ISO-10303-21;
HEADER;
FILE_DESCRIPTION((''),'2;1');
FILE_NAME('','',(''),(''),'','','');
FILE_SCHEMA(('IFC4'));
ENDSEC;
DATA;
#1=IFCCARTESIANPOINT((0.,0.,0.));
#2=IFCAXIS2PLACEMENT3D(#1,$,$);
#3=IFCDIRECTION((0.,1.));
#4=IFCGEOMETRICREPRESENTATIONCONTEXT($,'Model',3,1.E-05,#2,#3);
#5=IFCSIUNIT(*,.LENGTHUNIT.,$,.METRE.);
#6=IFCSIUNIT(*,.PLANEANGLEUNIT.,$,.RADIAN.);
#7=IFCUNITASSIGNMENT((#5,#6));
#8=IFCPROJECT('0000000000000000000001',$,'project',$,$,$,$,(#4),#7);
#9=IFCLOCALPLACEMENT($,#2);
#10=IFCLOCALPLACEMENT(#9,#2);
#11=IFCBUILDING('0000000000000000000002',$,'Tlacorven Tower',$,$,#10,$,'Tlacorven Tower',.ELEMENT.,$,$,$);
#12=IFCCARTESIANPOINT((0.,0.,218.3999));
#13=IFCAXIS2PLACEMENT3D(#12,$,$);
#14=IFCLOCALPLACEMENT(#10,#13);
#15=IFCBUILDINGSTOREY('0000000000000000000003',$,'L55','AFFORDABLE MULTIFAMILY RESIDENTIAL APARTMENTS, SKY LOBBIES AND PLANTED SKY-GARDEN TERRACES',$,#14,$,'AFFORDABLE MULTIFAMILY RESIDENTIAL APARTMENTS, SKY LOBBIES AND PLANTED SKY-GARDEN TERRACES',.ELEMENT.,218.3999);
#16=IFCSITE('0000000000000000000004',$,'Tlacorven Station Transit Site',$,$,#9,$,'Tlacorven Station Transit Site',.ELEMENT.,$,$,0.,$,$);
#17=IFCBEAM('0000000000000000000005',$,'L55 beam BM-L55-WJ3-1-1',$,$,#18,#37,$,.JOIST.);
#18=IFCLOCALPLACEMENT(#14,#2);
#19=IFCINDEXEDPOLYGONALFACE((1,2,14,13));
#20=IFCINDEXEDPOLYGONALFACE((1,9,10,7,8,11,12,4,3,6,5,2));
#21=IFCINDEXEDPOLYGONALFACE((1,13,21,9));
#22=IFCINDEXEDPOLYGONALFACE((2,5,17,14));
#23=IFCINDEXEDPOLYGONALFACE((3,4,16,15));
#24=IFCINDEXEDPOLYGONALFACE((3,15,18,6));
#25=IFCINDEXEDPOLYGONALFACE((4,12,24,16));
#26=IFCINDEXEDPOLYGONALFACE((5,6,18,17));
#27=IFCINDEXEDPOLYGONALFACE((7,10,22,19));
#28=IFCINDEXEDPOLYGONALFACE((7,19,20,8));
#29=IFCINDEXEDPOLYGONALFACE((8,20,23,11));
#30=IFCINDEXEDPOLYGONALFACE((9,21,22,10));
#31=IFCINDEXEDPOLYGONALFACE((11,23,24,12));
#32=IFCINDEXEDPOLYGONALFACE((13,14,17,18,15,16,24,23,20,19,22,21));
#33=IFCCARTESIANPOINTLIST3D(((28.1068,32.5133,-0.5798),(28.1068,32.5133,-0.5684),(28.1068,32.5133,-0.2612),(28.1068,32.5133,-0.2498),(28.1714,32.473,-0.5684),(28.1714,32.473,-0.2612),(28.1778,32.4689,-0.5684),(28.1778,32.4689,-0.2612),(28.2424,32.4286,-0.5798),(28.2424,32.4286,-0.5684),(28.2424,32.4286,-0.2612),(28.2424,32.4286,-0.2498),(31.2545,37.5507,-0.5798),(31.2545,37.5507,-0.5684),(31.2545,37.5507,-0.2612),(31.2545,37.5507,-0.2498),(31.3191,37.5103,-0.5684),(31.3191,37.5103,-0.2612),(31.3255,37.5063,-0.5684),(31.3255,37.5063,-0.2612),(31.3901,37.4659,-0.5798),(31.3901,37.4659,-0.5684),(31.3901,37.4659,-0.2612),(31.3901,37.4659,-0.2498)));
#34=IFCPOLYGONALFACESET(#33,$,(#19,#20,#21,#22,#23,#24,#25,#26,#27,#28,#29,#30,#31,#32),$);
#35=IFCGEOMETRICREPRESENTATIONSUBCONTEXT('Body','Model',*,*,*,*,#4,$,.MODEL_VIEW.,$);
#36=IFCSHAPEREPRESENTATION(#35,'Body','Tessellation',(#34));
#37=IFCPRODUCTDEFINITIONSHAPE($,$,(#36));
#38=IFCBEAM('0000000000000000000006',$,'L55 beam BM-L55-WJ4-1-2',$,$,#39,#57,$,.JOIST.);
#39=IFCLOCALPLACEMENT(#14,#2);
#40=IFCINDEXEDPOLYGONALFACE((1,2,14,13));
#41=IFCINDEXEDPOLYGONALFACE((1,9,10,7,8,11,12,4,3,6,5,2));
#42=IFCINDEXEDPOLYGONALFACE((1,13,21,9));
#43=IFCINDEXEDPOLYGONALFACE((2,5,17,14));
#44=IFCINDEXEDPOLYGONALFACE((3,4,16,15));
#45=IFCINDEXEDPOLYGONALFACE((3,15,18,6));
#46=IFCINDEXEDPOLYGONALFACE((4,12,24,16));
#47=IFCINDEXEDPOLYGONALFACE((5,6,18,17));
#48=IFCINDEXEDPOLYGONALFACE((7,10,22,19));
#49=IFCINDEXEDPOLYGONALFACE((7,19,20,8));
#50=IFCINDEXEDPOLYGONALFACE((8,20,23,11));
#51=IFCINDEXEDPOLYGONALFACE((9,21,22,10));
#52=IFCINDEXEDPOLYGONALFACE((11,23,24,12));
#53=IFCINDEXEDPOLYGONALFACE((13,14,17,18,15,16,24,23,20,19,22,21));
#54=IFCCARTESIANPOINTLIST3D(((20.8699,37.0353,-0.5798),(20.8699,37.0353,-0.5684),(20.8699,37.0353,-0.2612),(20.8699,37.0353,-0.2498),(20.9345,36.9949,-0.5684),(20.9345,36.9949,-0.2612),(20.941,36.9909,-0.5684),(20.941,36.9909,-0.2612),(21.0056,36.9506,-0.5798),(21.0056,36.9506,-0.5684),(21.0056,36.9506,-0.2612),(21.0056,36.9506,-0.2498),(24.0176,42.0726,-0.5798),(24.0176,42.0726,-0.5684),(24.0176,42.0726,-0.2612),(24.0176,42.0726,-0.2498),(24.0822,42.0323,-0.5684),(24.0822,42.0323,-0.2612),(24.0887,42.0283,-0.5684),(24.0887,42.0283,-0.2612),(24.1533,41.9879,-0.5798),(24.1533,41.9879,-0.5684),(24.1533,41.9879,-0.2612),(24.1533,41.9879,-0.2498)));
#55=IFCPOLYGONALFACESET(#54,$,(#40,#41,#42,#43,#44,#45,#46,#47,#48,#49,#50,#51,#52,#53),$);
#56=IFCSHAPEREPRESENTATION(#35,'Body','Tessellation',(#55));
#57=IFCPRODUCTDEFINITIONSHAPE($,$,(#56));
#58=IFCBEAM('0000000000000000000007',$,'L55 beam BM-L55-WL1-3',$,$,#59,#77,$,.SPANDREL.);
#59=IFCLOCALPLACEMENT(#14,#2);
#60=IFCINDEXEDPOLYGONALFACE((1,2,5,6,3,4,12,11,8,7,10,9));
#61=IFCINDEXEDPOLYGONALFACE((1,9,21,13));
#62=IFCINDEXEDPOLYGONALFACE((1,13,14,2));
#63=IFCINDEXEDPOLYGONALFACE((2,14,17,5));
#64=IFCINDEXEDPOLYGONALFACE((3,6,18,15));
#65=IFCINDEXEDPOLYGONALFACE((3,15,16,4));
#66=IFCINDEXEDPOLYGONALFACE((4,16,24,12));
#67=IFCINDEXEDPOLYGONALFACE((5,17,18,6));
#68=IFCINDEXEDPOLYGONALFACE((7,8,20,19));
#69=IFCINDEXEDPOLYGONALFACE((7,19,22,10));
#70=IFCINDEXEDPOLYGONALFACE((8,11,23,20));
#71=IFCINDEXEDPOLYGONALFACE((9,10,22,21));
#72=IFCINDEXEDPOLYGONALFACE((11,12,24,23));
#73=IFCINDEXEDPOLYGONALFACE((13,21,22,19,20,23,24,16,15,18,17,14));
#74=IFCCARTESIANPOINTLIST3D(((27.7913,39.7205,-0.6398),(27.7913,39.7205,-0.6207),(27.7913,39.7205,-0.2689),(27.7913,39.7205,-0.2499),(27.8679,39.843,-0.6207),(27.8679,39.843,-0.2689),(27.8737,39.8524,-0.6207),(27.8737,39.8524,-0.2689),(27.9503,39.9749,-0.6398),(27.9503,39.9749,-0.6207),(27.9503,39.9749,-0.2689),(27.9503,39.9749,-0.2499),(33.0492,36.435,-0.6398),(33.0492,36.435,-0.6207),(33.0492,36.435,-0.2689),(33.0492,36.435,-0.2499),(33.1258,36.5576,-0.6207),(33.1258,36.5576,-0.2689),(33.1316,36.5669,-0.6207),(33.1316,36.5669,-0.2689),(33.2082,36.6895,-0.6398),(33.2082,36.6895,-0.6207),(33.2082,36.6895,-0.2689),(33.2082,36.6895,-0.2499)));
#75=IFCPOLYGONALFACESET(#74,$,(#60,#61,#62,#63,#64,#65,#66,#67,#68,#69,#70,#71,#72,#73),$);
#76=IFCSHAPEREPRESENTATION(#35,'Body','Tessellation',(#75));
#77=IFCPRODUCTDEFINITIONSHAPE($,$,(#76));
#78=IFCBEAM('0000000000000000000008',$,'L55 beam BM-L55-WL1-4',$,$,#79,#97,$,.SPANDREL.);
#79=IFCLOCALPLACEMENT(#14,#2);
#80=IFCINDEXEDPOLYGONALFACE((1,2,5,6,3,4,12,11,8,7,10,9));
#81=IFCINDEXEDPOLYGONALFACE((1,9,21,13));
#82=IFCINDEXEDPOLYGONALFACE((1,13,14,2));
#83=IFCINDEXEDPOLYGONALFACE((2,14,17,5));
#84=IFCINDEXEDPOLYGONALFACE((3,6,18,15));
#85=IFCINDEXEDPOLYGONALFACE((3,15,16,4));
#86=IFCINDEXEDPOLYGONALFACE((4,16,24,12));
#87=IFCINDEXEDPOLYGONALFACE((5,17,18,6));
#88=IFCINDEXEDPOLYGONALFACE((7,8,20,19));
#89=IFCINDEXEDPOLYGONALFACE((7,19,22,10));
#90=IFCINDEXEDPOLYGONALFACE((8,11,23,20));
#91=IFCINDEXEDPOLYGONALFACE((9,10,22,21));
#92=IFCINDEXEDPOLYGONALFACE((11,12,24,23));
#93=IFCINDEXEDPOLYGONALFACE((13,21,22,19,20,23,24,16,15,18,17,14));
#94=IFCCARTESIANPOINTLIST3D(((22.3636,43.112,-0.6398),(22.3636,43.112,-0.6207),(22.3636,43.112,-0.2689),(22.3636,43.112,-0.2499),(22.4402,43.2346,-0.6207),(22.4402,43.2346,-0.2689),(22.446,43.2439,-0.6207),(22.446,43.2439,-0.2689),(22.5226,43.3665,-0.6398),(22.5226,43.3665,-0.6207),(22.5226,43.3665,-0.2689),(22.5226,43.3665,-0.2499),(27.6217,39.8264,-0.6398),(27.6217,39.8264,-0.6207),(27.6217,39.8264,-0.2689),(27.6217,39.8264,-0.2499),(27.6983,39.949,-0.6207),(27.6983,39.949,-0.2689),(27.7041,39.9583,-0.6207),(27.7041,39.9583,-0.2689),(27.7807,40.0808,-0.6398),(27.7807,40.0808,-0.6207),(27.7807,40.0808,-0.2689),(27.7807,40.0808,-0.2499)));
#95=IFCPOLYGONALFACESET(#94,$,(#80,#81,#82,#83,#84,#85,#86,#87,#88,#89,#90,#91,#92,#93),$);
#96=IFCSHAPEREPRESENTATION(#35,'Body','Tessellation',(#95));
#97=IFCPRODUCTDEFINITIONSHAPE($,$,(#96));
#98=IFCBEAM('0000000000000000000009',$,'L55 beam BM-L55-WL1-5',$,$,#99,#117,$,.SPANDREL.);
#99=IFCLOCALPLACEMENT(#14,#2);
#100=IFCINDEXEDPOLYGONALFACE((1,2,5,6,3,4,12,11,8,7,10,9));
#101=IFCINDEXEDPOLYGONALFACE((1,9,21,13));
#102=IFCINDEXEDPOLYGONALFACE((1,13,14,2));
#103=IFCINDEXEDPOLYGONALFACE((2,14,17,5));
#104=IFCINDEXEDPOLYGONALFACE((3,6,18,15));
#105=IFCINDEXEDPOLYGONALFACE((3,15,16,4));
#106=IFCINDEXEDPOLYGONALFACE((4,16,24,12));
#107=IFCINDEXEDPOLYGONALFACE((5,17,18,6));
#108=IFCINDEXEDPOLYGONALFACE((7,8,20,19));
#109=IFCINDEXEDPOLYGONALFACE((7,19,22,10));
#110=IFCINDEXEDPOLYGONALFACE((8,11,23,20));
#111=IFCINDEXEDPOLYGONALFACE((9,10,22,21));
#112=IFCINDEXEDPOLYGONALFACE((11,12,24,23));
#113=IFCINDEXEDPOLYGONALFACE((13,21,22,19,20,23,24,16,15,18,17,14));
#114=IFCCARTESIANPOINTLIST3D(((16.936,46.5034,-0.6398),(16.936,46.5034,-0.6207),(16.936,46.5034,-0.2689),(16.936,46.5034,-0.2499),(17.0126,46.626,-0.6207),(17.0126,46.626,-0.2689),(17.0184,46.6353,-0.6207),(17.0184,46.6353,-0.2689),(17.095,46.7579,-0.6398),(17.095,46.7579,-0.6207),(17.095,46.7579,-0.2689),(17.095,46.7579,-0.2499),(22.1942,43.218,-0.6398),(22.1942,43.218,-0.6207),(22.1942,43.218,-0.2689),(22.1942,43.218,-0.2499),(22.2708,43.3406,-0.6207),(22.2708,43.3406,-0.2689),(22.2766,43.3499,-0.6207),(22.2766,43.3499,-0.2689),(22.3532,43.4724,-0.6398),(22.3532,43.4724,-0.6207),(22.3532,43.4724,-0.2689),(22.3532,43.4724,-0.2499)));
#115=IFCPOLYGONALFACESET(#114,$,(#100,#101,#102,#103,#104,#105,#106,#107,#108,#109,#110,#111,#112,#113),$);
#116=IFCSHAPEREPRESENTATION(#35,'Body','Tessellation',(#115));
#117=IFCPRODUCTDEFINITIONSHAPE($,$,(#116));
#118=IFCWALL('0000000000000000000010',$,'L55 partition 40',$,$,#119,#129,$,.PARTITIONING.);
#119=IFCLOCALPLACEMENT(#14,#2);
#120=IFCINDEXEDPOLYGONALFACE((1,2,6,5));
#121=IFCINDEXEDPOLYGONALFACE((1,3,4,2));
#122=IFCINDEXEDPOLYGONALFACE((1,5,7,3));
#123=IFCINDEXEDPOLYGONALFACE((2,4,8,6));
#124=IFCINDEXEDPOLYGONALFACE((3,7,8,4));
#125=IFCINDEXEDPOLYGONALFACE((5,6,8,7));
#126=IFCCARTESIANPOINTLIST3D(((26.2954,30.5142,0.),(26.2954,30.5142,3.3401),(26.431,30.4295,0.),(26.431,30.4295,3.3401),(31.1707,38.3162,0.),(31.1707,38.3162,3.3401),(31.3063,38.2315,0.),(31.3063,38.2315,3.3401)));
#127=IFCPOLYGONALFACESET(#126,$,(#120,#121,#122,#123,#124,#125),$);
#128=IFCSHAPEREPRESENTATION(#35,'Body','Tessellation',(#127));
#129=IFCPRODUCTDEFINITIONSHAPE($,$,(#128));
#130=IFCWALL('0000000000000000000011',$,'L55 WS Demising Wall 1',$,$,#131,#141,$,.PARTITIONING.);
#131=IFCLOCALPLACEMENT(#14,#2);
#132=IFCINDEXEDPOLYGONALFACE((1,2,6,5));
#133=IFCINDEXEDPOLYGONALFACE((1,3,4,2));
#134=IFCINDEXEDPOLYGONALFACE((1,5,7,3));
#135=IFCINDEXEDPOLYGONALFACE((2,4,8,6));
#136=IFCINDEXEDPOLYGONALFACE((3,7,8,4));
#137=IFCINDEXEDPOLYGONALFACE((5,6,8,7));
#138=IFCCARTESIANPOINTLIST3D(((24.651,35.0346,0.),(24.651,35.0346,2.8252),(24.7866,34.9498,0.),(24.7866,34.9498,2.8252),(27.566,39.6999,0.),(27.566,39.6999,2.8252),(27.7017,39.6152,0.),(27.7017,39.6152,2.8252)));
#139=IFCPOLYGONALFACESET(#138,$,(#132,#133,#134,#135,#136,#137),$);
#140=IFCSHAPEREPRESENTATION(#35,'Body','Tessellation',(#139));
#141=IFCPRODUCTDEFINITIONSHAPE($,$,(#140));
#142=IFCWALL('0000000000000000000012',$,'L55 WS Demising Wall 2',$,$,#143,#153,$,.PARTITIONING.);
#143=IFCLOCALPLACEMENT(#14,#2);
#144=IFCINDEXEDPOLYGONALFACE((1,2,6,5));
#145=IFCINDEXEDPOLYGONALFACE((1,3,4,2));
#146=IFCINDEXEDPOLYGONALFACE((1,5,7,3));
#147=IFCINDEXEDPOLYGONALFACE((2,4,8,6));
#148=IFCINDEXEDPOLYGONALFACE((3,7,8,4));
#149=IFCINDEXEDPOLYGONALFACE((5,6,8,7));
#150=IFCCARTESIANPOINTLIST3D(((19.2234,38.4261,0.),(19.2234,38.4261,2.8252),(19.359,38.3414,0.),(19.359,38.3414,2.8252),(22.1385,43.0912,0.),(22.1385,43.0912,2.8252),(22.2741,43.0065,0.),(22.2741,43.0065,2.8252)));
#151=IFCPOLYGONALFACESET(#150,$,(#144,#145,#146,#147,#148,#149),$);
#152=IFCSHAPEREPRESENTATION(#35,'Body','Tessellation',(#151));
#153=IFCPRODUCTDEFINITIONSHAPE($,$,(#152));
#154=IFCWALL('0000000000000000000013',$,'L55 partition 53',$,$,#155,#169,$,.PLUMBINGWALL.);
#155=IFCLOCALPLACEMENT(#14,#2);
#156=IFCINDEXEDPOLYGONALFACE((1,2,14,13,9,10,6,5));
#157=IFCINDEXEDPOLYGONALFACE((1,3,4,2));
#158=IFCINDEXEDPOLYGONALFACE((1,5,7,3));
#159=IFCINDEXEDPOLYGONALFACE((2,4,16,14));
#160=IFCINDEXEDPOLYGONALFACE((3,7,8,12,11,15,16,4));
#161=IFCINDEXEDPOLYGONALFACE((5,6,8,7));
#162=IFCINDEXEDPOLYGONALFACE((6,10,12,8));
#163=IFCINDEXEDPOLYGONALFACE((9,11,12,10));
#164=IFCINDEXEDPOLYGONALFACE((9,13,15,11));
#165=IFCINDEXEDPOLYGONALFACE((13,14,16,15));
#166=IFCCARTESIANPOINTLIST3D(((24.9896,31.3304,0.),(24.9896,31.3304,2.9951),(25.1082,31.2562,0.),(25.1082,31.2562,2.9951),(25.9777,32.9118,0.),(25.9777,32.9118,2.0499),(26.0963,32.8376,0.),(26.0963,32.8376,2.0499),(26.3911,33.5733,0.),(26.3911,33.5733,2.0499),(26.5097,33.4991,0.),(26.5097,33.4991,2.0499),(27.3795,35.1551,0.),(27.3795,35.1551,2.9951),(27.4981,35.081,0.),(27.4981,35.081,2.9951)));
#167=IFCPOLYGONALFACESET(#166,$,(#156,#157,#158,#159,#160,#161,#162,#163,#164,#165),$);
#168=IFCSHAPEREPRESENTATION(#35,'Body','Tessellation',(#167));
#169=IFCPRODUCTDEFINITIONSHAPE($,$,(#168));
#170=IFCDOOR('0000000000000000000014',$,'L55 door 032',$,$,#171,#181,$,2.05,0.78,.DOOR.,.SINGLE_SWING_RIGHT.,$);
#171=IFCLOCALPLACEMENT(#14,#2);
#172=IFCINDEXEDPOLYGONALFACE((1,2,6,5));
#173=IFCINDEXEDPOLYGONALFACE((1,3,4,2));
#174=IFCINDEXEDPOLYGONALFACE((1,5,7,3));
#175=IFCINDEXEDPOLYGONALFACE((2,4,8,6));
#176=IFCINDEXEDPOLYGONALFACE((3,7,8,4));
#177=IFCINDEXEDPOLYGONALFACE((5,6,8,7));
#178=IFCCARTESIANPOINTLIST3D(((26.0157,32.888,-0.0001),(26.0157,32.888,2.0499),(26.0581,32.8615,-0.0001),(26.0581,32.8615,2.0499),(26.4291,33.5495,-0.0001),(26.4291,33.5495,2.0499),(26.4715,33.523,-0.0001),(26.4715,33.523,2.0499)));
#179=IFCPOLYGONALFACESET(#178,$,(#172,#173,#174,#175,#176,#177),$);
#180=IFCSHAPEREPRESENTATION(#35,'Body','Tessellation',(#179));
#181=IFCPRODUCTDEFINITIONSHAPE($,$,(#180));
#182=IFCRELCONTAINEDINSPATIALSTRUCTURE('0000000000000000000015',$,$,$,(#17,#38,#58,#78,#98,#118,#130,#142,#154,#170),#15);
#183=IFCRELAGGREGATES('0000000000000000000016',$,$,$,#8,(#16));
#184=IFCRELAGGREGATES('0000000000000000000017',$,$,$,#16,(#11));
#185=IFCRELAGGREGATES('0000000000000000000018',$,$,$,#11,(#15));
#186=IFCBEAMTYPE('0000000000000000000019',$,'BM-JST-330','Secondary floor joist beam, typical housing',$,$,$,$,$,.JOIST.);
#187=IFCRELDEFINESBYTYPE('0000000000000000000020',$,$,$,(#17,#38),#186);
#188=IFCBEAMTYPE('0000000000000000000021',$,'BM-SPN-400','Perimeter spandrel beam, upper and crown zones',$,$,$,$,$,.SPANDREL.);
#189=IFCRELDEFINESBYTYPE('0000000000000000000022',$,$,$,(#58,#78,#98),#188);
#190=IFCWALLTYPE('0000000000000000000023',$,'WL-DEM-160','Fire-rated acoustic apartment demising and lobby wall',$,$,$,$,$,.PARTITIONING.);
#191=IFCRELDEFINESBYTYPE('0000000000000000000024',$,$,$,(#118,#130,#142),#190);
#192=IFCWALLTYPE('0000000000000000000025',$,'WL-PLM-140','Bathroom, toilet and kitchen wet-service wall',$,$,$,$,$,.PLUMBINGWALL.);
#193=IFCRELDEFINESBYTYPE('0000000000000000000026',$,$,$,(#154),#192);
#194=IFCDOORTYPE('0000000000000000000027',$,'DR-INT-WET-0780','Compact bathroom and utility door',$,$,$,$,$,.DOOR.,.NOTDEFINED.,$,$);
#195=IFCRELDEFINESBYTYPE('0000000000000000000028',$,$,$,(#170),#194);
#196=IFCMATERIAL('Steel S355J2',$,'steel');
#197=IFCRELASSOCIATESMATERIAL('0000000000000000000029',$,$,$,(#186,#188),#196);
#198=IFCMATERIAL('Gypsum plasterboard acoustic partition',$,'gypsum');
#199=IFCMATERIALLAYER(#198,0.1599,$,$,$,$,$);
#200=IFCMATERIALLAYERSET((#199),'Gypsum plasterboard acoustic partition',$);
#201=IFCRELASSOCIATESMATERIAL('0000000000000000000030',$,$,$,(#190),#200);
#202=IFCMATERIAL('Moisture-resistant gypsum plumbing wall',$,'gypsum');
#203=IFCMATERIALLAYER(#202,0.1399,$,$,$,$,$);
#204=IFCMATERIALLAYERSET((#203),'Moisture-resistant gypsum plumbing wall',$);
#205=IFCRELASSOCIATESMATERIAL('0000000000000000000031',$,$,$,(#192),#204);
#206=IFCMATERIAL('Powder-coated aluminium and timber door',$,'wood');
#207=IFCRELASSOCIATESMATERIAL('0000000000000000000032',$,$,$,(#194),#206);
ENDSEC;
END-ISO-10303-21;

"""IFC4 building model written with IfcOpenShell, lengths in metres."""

from ifc_helpers import new_model, si_unit, direction, frame, frame_2d, origin, origin_2d, place, context, subcontext, project, spatial, rectangle, i_section, extrude, source, transform, mapped, material, layer, layer_set, material_profile, profile_set, type_object, element, fill, save


model = new_model("IFC4")

# Units and contexts
model_context = context("Model", 3, precision=1e-05, world=origin(), true_north=direction((0.0, 1.0)))
body_context = subcontext(model_context, "Body", "Model", "MODEL_VIEW")
ifc_project = project(units=[si_unit("LENGTHUNIT", "METRE"), si_unit("PLANEANGLEUNIT", "RADIAN")], contexts=[model_context])

# Site, building, storey
site_placement = place(None, origin())
site = spatial("IfcSite", under=ifc_project, at=site_placement, Name="Tlacorven Station Transit Site", LongName="Tlacorven Station Transit Site", CompositionType="ELEMENT", RefElevation=0.0)
building_placement = place(site_placement, origin())
building = spatial("IfcBuilding", under=site, at=building_placement, Name="Tlacorven Tower", LongName="Tlacorven Tower", CompositionType="ELEMENT")
storey_placement = place(building_placement, frame((0.0, 0.0, 218.3999)))
storey = spatial("IfcBuildingStorey", under=building, at=storey_placement, Name="L55", Description="AFFORDABLE MULTIFAMILY RESIDENTIAL APARTMENTS, SKY LOBBIES AND PLANTED SKY-GARDEN TERRACES", LongName="AFFORDABLE MULTIFAMILY RESIDENTIAL APARTMENTS, SKY LOBBIES AND PLANTED SKY-GARDEN TERRACES", CompositionType="ELEMENT", Elevation=218.3999)

# Beams
ifc_material_1 = material(Name="Steel S355J2", Category="steel")
ifc_material_profile_1 = material_profile(ifc_material_1, i_section(OverallWidth=0.1599, OverallDepth=0.3301, WebThickness=0.0076, FlangeThickness=0.0115, at=origin_2d()), Name="IPE 330")
ifc_profile_set_1 = profile_set([ifc_material_profile_1], Name="Steel S355J2")
beam_type_1 = type_object("IfcBeamType", Name="BM-JST-330", Description="Secondary floor joist beam, typical housing", PredefinedType="JOIST", material=ifc_profile_set_1)
shared_shape_1 = source(origin(), body_context, "Body", "SweptSolid", [
    extrude(i_section(OverallWidth=0.1599, OverallDepth=0.3301, WebThickness=0.0076, FlangeThickness=0.0115, at=origin_2d()), origin(), (0.0, 0.0, 1.0), 5.9399),
])
for number, where, z_axis, x_axis, name in (
    (1, (31.3223, 37.5083, -0.4148), (-0.529921, -0.848047, 0.0), (0.848047, -0.529921, 0.0), "L55 beam BM-L55-WJ3-1-1"),
    (2, (24.0854, 42.0303, -0.4148), (-0.529921, -0.848047, 0.0), (0.848047, -0.529921, 0.0), "L55 beam BM-L55-WJ4-1-2"),
):
    element("IfcBeam", number, at=place(storey_placement, frame(where, z_axis=z_axis, x_axis=x_axis)), inside=storey, type_object=beam_type_1, Name=name, PredefinedType="JOIST", context=body_context, shape_type="MappedRepresentation", body=[
        mapped(shared_shape_1, transform((0.0, 0.0, 0.0), scale=1.0)),
    ])
ifc_material_profile_2 = material_profile(ifc_material_1, i_section(OverallWidth=0.3, OverallDepth=0.3899, WebThickness=0.011, FlangeThickness=0.019, at=origin_2d()), Name="HEA 400")
ifc_profile_set_2 = profile_set([ifc_material_profile_2], Name="Steel S355J2")
beam_type_2 = type_object("IfcBeamType", Name="BM-SPN-400", Description="Perimeter spandrel beam, upper and crown zones", PredefinedType="SPANDREL", material=ifc_profile_set_2)
shared_shape_2 = source(origin(), body_context, "Body", "SweptSolid", [
    extrude(i_section(OverallWidth=0.3, OverallDepth=0.3899, WebThickness=0.011, FlangeThickness=0.019, at=origin_2d()), origin(), (0.0, 0.0, 1.0), 6.2),
])
beam_1_placement = place(storey_placement, frame((33.1287, 36.5623, -0.4448), z_axis=(-0.848051, 0.529914, 0.0), x_axis=(-0.529914, -0.848051, 0.0)))
element("IfcBeam", 3, at=beam_1_placement, inside=storey, type_object=beam_type_2, Name="L55 beam BM-L55-WL1-3", PredefinedType="SPANDREL", context=body_context, shape_type="MappedRepresentation", body=[
    mapped(shared_shape_2, transform((0.0, 0.0, 0.0), scale=1.0)),
])
shared_shape_3 = source(origin(), body_context, "Body", "SweptSolid", [
    extrude(i_section(OverallWidth=0.3, OverallDepth=0.3899, WebThickness=0.011, FlangeThickness=0.019, at=origin_2d()), origin(), (0.0, 0.0, 1.0), 6.2002),
])
for number, where, z_axis, x_axis, name in (
    (4, (27.7012, 39.9536, -0.4448), (-0.848045, 0.529925, 0.0), (-0.529925, -0.848045, 0.0), "L55 beam BM-L55-WL1-4"),
    (5, (22.2737, 43.3452, -0.4448), (-0.848062, 0.529896, 0.0), (-0.529896, -0.848062, 0.0), "L55 beam BM-L55-WL1-5"),
):
    element("IfcBeam", number, at=place(storey_placement, frame(where, z_axis=z_axis, x_axis=x_axis)), inside=storey, type_object=beam_type_2, Name=name, PredefinedType="SPANDREL", context=body_context, shape_type="MappedRepresentation", body=[
        mapped(shared_shape_3, transform((0.0, 0.0, 0.0), scale=1.0)),
    ])

# Walls
ifc_material_2 = material(Name="Gypsum plasterboard acoustic partition", Category="gypsum")
ifc_layer_1 = layer(ifc_material_2, 0.1599)
ifc_layer_set_1 = layer_set([ifc_layer_1], Name="Gypsum plasterboard acoustic partition")
wall_type_1 = type_object("IfcWallType", Name="WL-DEM-160", Description="Fire-rated acoustic apartment demising and lobby wall", PredefinedType="PARTITIONING", material=ifc_layer_set_1)
wall_1_placement = place(storey_placement, frame((31.2385, 38.2739, 0.0), z_axis=(0.0, 0.0, 1.0), x_axis=(-0.52992, -0.848047, 0.0)))
element("IfcWall", 6, at=wall_1_placement, inside=storey, type_object=wall_type_1, Name="L55 partition 40", PredefinedType="PARTITIONING", context=body_context, shape_type="SweptSolid", body=[
    extrude(rectangle(XDim=9.2, YDim=0.1599, at=frame_2d((4.6001, 0.0))), origin(), (0.0, 0.0, 1.0), 3.3401),
])
wall_2_placement = place(storey_placement, frame((27.6338, 39.6575, 0.0), z_axis=(0.0, 0.0, 1.0), x_axis=(-0.529899, -0.848061, 0.0)))
element("IfcWall", 7, at=wall_2_placement, inside=storey, type_object=wall_type_1, Name="L55 WS Demising Wall 1", PredefinedType="PARTITIONING", context=body_context, shape_type="SweptSolid", body=[
    extrude(rectangle(XDim=5.5012, YDim=0.1599, at=frame_2d((2.7505, 0.0))), origin(), (0.0, 0.0, 1.0), 2.8252),
])
wall_3_placement = place(storey_placement, frame((22.2063, 43.0488, 0.0), z_axis=(0.0, 0.0, 1.0), x_axis=(-0.529919, -0.848048, 0.0)))
element("IfcWall", 8, at=wall_3_placement, inside=storey, type_object=wall_type_1, Name="L55 WS Demising Wall 2", PredefinedType="PARTITIONING", context=body_context, shape_type="SweptSolid", body=[
    extrude(rectangle(XDim=5.501, YDim=0.1599, at=frame_2d((2.7505, 0.0))), origin(), (0.0, 0.0, 1.0), 2.8252),
])

# Wall, opening, door
ifc_material_3 = material(Name="Moisture-resistant gypsum plumbing wall", Category="gypsum")
ifc_layer_2 = layer(ifc_material_3, 0.1399)
ifc_layer_set_2 = layer_set([ifc_layer_2], Name="Moisture-resistant gypsum plumbing wall")
wall_type_2 = type_object("IfcWallType", Name="WL-PLM-140", Description="Bathroom, toilet and kitchen wet-service wall", PredefinedType="PLUMBINGWALL", material=ifc_layer_set_2)
wall_4_placement = place(storey_placement, frame((27.4387, 35.1179, 0.0), z_axis=(0.0, 0.0, 1.0), x_axis=(-0.529911, -0.848053, 0.0)))
wall_4 = element("IfcWall", 9, at=wall_4_placement, inside=storey, type_object=wall_type_2, Name="L55 partition 53", PredefinedType="PLUMBINGWALL", context=body_context, shape_type="SweptSolid", body=[
    extrude(rectangle(XDim=4.51, YDim=0.1399, at=frame_2d((2.2549, 0.0))), origin(), (0.0, 0.0, 1.0), 2.9951),
])
opening_1_placement = place(wall_4_placement, frame((1.865, 0.0, 0.0)))
opening_1 = element("IfcOpeningElement", 10, at=opening_1_placement, cuts=wall_4, PredefinedType="OPENING", context=body_context, shape_type="SweptSolid", body=[
    extrude(rectangle(XDim=0.78, YDim=2.05, at=frame_2d((0.3901, 1.0249))), frame((0.0, 0.0801, 0.0), z_axis=(0.0, -1.0, 0.0), x_axis=(1.0, 0.0, 0.0)), (0.0, 0.0, 1.0), 0.1599),
])
ifc_material_4 = material(Name="Powder-coated aluminium and timber door", Category="wood")
door_type_1 = type_object("IfcDoorType", Name="DR-INT-WET-0780", Description="Compact bathroom and utility door", OperationType="NOTDEFINED", PredefinedType="DOOR", material=ifc_material_4)
shared_shape_4 = source(origin(), body_context, "Body", "SweptSolid", [
    extrude(rectangle(XDim=0.78, YDim=2.05, at=frame_2d((0.3901, 1.0249))), frame((0.0, 0.0249, 0.0), z_axis=(0.0, -1.0, 0.0), x_axis=(1.0, 0.0, 0.0)), (0.0, 0.0, 1.0), 0.05),
])
door_1_placement = place(opening_1_placement, origin())
door_1 = element("IfcDoor", 11, at=door_1_placement, inside=storey, type_object=door_type_1, Name="L55 door 032", OperationType="SINGLE_SWING_RIGHT", OverallHeight=2.05, OverallWidth=0.78, PredefinedType="DOOR", context=body_context, shape_type="MappedRepresentation", body=[
    mapped(shared_shape_4, transform((0.0, 0.0, 0.0), scale=1.0)),
])
fill(opening_1, door_1)

save(model, "model.ifc")
